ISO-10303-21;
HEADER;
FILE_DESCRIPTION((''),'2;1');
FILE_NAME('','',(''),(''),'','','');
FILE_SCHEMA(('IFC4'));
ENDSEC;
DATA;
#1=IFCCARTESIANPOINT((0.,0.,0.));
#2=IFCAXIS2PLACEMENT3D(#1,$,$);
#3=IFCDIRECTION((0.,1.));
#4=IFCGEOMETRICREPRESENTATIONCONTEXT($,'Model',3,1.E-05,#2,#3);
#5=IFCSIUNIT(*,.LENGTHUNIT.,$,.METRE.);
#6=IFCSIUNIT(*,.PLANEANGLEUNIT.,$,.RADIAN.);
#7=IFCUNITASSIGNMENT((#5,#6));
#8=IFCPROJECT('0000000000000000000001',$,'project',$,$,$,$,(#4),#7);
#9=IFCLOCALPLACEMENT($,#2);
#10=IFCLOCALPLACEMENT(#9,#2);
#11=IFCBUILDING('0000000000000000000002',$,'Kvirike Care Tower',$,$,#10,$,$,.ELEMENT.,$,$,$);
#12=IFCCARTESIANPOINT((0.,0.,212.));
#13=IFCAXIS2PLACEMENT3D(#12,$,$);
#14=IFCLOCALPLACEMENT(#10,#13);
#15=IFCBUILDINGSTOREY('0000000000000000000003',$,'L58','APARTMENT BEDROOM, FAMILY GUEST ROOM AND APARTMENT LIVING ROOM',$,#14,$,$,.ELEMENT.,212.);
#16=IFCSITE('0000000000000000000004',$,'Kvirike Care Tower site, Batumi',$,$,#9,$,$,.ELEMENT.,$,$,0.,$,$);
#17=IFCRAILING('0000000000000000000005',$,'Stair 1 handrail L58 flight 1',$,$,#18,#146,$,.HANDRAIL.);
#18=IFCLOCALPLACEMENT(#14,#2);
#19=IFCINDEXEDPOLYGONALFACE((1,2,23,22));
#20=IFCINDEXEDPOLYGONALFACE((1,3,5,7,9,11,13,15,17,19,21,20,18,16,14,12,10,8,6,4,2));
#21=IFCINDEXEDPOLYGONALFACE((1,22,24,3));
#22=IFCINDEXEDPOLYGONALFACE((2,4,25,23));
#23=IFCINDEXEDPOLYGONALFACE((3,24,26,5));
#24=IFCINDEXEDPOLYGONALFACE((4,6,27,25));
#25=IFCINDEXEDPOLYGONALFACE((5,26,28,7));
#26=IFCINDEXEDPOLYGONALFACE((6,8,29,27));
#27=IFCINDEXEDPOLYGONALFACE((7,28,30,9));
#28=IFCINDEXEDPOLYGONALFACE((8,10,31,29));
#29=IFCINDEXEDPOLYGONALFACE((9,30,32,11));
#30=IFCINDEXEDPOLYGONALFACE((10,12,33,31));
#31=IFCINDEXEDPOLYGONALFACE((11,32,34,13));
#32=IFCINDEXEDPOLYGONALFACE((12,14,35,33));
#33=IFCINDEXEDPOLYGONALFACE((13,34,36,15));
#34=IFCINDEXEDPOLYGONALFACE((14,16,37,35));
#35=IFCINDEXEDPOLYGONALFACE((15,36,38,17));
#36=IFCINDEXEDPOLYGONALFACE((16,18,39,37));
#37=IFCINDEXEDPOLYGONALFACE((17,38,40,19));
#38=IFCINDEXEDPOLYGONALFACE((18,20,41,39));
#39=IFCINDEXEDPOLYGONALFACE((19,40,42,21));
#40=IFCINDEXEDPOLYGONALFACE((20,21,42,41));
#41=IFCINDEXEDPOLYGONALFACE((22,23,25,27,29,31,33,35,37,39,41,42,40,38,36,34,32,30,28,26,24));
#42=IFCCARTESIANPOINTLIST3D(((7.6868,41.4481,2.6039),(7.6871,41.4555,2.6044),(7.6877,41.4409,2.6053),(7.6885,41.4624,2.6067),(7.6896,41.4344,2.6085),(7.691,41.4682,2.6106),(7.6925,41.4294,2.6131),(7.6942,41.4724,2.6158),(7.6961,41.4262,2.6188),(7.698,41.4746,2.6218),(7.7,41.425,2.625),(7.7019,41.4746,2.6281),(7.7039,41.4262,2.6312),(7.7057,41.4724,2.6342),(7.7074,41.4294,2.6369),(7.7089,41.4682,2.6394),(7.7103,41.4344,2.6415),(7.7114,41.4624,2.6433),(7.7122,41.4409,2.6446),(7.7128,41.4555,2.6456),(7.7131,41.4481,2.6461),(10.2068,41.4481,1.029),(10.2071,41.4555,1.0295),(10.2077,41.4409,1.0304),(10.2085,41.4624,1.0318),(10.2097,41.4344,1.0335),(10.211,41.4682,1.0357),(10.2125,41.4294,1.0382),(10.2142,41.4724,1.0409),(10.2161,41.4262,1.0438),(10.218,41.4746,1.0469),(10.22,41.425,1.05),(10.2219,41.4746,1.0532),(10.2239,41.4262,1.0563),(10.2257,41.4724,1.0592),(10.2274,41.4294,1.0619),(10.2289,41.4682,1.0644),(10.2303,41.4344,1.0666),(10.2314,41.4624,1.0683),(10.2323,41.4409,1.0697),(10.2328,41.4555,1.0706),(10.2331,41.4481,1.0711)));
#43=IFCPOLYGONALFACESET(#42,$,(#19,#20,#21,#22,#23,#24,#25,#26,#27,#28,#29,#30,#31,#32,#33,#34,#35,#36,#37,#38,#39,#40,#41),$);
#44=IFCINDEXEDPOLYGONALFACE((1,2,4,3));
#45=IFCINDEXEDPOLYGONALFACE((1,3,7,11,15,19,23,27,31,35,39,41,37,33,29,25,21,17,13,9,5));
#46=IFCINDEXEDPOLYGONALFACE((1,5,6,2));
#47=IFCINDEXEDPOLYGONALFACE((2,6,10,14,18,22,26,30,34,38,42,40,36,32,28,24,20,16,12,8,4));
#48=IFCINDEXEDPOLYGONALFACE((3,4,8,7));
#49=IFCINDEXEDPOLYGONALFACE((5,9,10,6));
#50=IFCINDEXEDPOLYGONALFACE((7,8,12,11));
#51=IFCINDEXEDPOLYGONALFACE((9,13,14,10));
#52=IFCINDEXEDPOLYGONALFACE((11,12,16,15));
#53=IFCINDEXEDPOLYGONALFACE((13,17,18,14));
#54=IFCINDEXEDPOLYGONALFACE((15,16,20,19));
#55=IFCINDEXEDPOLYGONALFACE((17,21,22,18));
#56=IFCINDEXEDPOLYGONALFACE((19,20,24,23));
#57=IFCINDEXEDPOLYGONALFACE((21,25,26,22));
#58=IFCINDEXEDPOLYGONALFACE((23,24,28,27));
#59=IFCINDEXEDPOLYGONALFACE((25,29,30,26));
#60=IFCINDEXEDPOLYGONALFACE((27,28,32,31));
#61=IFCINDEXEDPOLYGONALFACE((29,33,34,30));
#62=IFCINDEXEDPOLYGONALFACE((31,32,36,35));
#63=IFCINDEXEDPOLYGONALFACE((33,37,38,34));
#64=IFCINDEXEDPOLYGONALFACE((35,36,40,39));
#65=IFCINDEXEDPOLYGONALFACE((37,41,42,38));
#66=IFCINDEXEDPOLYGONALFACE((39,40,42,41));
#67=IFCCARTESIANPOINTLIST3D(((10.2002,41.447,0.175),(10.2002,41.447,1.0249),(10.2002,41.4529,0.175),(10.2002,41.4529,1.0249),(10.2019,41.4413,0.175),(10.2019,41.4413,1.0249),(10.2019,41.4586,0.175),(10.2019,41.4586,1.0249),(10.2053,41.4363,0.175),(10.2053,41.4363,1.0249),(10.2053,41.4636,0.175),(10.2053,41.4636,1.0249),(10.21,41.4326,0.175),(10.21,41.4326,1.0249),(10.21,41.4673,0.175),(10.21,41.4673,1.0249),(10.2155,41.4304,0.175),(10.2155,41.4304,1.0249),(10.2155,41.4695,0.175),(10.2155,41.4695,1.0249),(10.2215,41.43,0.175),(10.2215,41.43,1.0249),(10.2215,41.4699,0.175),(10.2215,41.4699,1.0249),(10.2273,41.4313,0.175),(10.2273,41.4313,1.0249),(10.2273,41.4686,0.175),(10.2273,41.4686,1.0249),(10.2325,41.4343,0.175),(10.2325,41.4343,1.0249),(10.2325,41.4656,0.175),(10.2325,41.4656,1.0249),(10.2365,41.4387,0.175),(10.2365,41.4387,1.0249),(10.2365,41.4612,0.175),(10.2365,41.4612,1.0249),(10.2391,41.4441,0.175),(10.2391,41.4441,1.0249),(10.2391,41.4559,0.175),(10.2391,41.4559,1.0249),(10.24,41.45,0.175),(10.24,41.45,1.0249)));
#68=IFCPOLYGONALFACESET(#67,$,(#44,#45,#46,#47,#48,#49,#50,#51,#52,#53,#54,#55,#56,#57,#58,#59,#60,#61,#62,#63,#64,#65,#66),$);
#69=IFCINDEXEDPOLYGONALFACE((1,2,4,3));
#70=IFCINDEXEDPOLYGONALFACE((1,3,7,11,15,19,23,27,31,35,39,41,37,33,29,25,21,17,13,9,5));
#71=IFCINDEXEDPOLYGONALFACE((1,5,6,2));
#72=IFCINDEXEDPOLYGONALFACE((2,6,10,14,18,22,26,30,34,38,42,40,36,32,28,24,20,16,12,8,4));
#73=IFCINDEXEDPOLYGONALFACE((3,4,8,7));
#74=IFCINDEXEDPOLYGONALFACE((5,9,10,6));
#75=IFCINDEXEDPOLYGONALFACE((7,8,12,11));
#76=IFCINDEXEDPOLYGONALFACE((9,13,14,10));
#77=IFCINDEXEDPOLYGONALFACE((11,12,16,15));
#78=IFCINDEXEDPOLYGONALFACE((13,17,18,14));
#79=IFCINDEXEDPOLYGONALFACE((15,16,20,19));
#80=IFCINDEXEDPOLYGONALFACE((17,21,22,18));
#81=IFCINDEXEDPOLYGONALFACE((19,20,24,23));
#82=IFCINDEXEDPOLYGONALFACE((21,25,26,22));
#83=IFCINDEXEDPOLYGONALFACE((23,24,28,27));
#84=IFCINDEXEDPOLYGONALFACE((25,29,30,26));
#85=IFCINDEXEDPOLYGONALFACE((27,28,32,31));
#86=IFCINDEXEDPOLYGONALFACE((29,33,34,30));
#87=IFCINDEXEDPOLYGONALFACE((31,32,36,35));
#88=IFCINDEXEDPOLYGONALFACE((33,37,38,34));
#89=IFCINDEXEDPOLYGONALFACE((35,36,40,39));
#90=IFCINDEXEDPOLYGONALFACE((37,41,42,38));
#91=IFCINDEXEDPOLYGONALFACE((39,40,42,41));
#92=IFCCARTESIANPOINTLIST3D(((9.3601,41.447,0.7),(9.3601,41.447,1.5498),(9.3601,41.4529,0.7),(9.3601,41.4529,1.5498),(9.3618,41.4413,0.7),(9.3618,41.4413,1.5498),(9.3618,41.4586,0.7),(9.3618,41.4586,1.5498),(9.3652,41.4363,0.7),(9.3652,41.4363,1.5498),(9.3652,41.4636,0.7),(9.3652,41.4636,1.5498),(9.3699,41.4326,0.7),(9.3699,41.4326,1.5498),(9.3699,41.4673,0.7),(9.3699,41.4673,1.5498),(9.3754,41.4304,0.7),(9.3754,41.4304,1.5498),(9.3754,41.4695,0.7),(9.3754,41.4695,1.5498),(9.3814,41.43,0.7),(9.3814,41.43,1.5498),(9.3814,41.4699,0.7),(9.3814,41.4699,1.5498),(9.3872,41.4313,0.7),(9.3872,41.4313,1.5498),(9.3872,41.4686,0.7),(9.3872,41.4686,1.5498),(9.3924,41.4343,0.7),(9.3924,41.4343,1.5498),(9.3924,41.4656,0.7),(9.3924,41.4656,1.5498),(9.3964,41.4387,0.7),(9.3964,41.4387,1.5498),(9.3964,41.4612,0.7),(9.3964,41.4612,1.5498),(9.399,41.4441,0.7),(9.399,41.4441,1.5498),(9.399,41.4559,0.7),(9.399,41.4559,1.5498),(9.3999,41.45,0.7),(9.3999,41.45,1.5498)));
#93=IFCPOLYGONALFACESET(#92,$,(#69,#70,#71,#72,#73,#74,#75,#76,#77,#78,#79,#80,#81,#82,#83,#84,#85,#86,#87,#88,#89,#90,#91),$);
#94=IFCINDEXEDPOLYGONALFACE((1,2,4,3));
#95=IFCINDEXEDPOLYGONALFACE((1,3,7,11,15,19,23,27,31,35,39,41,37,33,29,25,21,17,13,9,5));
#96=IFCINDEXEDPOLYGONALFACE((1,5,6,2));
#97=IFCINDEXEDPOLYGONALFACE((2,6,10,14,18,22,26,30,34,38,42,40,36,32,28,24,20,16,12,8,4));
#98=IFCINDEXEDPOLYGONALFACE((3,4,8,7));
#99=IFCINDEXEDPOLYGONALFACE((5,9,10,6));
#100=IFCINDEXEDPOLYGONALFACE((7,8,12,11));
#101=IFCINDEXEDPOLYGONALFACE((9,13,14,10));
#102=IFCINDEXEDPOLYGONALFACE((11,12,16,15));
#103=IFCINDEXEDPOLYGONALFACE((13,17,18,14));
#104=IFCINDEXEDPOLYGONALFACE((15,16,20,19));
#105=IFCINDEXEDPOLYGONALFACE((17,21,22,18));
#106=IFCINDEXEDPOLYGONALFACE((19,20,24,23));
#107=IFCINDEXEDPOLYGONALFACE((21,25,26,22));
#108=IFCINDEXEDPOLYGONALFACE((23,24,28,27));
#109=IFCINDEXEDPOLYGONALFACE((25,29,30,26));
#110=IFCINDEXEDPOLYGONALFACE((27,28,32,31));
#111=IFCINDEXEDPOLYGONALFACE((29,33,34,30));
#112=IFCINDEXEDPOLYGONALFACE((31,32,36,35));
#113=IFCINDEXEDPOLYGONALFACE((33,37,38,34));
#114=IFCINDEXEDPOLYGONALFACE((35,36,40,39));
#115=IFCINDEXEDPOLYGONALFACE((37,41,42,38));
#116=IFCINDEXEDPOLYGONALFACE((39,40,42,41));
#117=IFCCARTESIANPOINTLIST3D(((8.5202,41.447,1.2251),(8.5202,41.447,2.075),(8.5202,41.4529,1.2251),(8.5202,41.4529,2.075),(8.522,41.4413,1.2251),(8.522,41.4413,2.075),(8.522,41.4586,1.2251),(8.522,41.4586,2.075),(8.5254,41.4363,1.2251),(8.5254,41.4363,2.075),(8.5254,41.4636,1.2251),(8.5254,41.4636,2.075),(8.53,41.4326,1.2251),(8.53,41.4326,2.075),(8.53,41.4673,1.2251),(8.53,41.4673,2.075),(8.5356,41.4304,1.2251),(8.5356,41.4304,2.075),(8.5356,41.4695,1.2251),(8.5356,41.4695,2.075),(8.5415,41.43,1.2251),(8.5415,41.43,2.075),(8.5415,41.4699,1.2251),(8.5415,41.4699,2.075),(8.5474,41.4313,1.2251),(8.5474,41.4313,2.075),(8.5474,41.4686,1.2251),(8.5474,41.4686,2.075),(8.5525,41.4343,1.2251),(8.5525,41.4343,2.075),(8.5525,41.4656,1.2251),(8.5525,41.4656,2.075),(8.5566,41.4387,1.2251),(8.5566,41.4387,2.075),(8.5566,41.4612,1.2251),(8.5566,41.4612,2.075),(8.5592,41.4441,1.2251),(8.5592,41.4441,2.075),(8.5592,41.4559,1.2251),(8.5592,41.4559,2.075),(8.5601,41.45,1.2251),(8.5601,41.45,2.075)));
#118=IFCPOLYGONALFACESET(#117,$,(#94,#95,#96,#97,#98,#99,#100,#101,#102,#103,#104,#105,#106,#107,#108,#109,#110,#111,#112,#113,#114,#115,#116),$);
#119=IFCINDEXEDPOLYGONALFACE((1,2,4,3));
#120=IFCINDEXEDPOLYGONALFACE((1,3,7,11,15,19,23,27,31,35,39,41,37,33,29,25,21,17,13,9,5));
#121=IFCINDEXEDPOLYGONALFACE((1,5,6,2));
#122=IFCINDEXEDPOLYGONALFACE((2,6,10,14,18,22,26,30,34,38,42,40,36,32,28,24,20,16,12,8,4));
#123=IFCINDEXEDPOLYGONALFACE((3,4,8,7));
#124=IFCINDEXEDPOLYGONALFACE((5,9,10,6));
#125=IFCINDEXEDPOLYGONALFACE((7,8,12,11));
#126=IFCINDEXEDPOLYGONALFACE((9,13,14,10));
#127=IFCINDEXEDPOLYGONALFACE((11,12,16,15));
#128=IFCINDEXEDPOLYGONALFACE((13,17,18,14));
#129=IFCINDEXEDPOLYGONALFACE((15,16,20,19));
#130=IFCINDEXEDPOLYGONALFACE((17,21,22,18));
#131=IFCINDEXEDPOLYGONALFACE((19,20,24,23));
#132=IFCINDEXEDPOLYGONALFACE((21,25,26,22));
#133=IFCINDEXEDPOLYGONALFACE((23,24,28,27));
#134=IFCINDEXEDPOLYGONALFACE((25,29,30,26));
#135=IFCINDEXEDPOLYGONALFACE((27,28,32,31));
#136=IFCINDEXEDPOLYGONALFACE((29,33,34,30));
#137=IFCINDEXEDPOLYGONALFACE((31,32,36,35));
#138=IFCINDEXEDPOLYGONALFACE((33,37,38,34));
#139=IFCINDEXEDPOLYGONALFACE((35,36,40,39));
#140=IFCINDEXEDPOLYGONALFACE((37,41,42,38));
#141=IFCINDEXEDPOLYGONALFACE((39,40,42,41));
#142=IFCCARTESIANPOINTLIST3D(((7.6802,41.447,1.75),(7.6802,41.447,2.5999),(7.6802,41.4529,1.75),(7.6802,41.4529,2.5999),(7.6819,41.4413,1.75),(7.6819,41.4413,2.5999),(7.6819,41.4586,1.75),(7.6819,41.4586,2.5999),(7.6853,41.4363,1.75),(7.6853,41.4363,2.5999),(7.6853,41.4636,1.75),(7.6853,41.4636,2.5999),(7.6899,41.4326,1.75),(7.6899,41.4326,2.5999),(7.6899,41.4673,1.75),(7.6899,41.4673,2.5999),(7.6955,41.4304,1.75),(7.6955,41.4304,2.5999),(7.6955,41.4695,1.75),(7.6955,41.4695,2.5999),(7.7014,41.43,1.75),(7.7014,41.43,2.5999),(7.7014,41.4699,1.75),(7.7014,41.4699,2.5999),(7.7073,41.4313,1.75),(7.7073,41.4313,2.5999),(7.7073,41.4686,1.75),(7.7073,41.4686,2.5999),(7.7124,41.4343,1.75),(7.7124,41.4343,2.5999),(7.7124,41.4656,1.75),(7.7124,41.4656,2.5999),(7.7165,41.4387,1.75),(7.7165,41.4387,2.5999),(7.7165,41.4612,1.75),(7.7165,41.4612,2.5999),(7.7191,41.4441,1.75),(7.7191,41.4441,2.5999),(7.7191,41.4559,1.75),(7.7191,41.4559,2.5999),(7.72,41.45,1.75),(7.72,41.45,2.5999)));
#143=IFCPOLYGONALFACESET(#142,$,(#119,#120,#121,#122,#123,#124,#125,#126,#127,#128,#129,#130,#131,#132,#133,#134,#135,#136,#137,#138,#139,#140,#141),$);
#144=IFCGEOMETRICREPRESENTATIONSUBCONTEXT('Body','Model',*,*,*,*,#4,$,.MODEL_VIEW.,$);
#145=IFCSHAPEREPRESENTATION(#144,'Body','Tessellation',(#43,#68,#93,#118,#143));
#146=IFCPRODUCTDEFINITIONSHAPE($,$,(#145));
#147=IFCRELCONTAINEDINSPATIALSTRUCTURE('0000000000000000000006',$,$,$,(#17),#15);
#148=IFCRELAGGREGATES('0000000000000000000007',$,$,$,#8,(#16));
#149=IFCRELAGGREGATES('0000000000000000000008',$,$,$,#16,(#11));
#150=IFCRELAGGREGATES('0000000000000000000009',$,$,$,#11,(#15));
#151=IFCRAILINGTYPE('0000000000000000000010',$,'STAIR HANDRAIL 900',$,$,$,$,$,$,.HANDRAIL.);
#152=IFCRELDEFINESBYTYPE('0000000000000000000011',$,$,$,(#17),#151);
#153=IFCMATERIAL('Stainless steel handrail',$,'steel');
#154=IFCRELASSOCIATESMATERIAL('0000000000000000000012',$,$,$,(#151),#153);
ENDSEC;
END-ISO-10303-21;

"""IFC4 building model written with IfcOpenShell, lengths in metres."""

from ifc_helpers import new_model, si_unit, direction, frame, origin, origin_2d, place, context, subcontext, project, spatial, circle, extrude, material, type_object, element, save


model = new_model("IFC4")

# Units and contexts
model_context = context("Model", 3, precision=1e-05, world=origin(), true_north=direction((0.0, 1.0)))
body_context = subcontext(model_context, "Body", "Model", "MODEL_VIEW")
ifc_project = project(units=[si_unit("LENGTHUNIT", "METRE"), si_unit("PLANEANGLEUNIT", "RADIAN")], contexts=[model_context])

# Site, building, storey
site_placement = place(None, origin())
site = spatial("IfcSite", under=ifc_project, at=site_placement, Name="Kvirike Care Tower site, Batumi", CompositionType="ELEMENT", RefElevation=0.0)
building_placement = place(site_placement, origin())
building = spatial("IfcBuilding", under=site, at=building_placement, Name="Kvirike Care Tower", CompositionType="ELEMENT")
storey_placement = place(building_placement, frame((0.0, 0.0, 212.0)))
storey = spatial("IfcBuildingStorey", under=building, at=storey_placement, Name="L58", Description="APARTMENT BEDROOM, FAMILY GUEST ROOM AND APARTMENT LIVING ROOM", CompositionType="ELEMENT", Elevation=212.0)

# Railing
ifc_material_1 = material(Name="Stainless steel handrail", Category="steel")
railing_type = type_object("IfcRailingType", Name="STAIR HANDRAIL 900", PredefinedType="HANDRAIL", material=ifc_material_1)
railing_1_placement = place(storey_placement, frame((10.22, 41.45, 0.175)))
element("IfcRailing", 1, at=railing_1_placement, inside=storey, type_object=railing_type, Name="Stair 1 handrail L58 flight 1", PredefinedType="HANDRAIL", context=body_context, shape_type="SweptSolid", body=[
    extrude(circle(Radius=0.0249, at=origin_2d()), frame((0.0, 0.0, 0.875), z_axis=(-0.848008, 0.0, 0.529984), x_axis=(0.0, -1.0, 0.0)), (0.0, 0.0, 1.0), 2.9717),
    extrude(circle(Radius=0.02, at=origin_2d()), origin(), (0.0, 0.0, 1.0), 0.8499),
    extrude(circle(Radius=0.02, at=origin_2d()), frame((-0.8401, 0.0, 0.5249)), (0.0, 0.0, 1.0), 0.8499),
    extrude(circle(Radius=0.02, at=origin_2d()), frame((-1.6799, 0.0, 1.05)), (0.0, 0.0, 1.0), 0.8499),
    extrude(circle(Radius=0.02, at=origin_2d()), frame((-2.52, 0.0, 1.575)), (0.0, 0.0, 1.0), 0.8499),
])

save(model, "model.ifc")
